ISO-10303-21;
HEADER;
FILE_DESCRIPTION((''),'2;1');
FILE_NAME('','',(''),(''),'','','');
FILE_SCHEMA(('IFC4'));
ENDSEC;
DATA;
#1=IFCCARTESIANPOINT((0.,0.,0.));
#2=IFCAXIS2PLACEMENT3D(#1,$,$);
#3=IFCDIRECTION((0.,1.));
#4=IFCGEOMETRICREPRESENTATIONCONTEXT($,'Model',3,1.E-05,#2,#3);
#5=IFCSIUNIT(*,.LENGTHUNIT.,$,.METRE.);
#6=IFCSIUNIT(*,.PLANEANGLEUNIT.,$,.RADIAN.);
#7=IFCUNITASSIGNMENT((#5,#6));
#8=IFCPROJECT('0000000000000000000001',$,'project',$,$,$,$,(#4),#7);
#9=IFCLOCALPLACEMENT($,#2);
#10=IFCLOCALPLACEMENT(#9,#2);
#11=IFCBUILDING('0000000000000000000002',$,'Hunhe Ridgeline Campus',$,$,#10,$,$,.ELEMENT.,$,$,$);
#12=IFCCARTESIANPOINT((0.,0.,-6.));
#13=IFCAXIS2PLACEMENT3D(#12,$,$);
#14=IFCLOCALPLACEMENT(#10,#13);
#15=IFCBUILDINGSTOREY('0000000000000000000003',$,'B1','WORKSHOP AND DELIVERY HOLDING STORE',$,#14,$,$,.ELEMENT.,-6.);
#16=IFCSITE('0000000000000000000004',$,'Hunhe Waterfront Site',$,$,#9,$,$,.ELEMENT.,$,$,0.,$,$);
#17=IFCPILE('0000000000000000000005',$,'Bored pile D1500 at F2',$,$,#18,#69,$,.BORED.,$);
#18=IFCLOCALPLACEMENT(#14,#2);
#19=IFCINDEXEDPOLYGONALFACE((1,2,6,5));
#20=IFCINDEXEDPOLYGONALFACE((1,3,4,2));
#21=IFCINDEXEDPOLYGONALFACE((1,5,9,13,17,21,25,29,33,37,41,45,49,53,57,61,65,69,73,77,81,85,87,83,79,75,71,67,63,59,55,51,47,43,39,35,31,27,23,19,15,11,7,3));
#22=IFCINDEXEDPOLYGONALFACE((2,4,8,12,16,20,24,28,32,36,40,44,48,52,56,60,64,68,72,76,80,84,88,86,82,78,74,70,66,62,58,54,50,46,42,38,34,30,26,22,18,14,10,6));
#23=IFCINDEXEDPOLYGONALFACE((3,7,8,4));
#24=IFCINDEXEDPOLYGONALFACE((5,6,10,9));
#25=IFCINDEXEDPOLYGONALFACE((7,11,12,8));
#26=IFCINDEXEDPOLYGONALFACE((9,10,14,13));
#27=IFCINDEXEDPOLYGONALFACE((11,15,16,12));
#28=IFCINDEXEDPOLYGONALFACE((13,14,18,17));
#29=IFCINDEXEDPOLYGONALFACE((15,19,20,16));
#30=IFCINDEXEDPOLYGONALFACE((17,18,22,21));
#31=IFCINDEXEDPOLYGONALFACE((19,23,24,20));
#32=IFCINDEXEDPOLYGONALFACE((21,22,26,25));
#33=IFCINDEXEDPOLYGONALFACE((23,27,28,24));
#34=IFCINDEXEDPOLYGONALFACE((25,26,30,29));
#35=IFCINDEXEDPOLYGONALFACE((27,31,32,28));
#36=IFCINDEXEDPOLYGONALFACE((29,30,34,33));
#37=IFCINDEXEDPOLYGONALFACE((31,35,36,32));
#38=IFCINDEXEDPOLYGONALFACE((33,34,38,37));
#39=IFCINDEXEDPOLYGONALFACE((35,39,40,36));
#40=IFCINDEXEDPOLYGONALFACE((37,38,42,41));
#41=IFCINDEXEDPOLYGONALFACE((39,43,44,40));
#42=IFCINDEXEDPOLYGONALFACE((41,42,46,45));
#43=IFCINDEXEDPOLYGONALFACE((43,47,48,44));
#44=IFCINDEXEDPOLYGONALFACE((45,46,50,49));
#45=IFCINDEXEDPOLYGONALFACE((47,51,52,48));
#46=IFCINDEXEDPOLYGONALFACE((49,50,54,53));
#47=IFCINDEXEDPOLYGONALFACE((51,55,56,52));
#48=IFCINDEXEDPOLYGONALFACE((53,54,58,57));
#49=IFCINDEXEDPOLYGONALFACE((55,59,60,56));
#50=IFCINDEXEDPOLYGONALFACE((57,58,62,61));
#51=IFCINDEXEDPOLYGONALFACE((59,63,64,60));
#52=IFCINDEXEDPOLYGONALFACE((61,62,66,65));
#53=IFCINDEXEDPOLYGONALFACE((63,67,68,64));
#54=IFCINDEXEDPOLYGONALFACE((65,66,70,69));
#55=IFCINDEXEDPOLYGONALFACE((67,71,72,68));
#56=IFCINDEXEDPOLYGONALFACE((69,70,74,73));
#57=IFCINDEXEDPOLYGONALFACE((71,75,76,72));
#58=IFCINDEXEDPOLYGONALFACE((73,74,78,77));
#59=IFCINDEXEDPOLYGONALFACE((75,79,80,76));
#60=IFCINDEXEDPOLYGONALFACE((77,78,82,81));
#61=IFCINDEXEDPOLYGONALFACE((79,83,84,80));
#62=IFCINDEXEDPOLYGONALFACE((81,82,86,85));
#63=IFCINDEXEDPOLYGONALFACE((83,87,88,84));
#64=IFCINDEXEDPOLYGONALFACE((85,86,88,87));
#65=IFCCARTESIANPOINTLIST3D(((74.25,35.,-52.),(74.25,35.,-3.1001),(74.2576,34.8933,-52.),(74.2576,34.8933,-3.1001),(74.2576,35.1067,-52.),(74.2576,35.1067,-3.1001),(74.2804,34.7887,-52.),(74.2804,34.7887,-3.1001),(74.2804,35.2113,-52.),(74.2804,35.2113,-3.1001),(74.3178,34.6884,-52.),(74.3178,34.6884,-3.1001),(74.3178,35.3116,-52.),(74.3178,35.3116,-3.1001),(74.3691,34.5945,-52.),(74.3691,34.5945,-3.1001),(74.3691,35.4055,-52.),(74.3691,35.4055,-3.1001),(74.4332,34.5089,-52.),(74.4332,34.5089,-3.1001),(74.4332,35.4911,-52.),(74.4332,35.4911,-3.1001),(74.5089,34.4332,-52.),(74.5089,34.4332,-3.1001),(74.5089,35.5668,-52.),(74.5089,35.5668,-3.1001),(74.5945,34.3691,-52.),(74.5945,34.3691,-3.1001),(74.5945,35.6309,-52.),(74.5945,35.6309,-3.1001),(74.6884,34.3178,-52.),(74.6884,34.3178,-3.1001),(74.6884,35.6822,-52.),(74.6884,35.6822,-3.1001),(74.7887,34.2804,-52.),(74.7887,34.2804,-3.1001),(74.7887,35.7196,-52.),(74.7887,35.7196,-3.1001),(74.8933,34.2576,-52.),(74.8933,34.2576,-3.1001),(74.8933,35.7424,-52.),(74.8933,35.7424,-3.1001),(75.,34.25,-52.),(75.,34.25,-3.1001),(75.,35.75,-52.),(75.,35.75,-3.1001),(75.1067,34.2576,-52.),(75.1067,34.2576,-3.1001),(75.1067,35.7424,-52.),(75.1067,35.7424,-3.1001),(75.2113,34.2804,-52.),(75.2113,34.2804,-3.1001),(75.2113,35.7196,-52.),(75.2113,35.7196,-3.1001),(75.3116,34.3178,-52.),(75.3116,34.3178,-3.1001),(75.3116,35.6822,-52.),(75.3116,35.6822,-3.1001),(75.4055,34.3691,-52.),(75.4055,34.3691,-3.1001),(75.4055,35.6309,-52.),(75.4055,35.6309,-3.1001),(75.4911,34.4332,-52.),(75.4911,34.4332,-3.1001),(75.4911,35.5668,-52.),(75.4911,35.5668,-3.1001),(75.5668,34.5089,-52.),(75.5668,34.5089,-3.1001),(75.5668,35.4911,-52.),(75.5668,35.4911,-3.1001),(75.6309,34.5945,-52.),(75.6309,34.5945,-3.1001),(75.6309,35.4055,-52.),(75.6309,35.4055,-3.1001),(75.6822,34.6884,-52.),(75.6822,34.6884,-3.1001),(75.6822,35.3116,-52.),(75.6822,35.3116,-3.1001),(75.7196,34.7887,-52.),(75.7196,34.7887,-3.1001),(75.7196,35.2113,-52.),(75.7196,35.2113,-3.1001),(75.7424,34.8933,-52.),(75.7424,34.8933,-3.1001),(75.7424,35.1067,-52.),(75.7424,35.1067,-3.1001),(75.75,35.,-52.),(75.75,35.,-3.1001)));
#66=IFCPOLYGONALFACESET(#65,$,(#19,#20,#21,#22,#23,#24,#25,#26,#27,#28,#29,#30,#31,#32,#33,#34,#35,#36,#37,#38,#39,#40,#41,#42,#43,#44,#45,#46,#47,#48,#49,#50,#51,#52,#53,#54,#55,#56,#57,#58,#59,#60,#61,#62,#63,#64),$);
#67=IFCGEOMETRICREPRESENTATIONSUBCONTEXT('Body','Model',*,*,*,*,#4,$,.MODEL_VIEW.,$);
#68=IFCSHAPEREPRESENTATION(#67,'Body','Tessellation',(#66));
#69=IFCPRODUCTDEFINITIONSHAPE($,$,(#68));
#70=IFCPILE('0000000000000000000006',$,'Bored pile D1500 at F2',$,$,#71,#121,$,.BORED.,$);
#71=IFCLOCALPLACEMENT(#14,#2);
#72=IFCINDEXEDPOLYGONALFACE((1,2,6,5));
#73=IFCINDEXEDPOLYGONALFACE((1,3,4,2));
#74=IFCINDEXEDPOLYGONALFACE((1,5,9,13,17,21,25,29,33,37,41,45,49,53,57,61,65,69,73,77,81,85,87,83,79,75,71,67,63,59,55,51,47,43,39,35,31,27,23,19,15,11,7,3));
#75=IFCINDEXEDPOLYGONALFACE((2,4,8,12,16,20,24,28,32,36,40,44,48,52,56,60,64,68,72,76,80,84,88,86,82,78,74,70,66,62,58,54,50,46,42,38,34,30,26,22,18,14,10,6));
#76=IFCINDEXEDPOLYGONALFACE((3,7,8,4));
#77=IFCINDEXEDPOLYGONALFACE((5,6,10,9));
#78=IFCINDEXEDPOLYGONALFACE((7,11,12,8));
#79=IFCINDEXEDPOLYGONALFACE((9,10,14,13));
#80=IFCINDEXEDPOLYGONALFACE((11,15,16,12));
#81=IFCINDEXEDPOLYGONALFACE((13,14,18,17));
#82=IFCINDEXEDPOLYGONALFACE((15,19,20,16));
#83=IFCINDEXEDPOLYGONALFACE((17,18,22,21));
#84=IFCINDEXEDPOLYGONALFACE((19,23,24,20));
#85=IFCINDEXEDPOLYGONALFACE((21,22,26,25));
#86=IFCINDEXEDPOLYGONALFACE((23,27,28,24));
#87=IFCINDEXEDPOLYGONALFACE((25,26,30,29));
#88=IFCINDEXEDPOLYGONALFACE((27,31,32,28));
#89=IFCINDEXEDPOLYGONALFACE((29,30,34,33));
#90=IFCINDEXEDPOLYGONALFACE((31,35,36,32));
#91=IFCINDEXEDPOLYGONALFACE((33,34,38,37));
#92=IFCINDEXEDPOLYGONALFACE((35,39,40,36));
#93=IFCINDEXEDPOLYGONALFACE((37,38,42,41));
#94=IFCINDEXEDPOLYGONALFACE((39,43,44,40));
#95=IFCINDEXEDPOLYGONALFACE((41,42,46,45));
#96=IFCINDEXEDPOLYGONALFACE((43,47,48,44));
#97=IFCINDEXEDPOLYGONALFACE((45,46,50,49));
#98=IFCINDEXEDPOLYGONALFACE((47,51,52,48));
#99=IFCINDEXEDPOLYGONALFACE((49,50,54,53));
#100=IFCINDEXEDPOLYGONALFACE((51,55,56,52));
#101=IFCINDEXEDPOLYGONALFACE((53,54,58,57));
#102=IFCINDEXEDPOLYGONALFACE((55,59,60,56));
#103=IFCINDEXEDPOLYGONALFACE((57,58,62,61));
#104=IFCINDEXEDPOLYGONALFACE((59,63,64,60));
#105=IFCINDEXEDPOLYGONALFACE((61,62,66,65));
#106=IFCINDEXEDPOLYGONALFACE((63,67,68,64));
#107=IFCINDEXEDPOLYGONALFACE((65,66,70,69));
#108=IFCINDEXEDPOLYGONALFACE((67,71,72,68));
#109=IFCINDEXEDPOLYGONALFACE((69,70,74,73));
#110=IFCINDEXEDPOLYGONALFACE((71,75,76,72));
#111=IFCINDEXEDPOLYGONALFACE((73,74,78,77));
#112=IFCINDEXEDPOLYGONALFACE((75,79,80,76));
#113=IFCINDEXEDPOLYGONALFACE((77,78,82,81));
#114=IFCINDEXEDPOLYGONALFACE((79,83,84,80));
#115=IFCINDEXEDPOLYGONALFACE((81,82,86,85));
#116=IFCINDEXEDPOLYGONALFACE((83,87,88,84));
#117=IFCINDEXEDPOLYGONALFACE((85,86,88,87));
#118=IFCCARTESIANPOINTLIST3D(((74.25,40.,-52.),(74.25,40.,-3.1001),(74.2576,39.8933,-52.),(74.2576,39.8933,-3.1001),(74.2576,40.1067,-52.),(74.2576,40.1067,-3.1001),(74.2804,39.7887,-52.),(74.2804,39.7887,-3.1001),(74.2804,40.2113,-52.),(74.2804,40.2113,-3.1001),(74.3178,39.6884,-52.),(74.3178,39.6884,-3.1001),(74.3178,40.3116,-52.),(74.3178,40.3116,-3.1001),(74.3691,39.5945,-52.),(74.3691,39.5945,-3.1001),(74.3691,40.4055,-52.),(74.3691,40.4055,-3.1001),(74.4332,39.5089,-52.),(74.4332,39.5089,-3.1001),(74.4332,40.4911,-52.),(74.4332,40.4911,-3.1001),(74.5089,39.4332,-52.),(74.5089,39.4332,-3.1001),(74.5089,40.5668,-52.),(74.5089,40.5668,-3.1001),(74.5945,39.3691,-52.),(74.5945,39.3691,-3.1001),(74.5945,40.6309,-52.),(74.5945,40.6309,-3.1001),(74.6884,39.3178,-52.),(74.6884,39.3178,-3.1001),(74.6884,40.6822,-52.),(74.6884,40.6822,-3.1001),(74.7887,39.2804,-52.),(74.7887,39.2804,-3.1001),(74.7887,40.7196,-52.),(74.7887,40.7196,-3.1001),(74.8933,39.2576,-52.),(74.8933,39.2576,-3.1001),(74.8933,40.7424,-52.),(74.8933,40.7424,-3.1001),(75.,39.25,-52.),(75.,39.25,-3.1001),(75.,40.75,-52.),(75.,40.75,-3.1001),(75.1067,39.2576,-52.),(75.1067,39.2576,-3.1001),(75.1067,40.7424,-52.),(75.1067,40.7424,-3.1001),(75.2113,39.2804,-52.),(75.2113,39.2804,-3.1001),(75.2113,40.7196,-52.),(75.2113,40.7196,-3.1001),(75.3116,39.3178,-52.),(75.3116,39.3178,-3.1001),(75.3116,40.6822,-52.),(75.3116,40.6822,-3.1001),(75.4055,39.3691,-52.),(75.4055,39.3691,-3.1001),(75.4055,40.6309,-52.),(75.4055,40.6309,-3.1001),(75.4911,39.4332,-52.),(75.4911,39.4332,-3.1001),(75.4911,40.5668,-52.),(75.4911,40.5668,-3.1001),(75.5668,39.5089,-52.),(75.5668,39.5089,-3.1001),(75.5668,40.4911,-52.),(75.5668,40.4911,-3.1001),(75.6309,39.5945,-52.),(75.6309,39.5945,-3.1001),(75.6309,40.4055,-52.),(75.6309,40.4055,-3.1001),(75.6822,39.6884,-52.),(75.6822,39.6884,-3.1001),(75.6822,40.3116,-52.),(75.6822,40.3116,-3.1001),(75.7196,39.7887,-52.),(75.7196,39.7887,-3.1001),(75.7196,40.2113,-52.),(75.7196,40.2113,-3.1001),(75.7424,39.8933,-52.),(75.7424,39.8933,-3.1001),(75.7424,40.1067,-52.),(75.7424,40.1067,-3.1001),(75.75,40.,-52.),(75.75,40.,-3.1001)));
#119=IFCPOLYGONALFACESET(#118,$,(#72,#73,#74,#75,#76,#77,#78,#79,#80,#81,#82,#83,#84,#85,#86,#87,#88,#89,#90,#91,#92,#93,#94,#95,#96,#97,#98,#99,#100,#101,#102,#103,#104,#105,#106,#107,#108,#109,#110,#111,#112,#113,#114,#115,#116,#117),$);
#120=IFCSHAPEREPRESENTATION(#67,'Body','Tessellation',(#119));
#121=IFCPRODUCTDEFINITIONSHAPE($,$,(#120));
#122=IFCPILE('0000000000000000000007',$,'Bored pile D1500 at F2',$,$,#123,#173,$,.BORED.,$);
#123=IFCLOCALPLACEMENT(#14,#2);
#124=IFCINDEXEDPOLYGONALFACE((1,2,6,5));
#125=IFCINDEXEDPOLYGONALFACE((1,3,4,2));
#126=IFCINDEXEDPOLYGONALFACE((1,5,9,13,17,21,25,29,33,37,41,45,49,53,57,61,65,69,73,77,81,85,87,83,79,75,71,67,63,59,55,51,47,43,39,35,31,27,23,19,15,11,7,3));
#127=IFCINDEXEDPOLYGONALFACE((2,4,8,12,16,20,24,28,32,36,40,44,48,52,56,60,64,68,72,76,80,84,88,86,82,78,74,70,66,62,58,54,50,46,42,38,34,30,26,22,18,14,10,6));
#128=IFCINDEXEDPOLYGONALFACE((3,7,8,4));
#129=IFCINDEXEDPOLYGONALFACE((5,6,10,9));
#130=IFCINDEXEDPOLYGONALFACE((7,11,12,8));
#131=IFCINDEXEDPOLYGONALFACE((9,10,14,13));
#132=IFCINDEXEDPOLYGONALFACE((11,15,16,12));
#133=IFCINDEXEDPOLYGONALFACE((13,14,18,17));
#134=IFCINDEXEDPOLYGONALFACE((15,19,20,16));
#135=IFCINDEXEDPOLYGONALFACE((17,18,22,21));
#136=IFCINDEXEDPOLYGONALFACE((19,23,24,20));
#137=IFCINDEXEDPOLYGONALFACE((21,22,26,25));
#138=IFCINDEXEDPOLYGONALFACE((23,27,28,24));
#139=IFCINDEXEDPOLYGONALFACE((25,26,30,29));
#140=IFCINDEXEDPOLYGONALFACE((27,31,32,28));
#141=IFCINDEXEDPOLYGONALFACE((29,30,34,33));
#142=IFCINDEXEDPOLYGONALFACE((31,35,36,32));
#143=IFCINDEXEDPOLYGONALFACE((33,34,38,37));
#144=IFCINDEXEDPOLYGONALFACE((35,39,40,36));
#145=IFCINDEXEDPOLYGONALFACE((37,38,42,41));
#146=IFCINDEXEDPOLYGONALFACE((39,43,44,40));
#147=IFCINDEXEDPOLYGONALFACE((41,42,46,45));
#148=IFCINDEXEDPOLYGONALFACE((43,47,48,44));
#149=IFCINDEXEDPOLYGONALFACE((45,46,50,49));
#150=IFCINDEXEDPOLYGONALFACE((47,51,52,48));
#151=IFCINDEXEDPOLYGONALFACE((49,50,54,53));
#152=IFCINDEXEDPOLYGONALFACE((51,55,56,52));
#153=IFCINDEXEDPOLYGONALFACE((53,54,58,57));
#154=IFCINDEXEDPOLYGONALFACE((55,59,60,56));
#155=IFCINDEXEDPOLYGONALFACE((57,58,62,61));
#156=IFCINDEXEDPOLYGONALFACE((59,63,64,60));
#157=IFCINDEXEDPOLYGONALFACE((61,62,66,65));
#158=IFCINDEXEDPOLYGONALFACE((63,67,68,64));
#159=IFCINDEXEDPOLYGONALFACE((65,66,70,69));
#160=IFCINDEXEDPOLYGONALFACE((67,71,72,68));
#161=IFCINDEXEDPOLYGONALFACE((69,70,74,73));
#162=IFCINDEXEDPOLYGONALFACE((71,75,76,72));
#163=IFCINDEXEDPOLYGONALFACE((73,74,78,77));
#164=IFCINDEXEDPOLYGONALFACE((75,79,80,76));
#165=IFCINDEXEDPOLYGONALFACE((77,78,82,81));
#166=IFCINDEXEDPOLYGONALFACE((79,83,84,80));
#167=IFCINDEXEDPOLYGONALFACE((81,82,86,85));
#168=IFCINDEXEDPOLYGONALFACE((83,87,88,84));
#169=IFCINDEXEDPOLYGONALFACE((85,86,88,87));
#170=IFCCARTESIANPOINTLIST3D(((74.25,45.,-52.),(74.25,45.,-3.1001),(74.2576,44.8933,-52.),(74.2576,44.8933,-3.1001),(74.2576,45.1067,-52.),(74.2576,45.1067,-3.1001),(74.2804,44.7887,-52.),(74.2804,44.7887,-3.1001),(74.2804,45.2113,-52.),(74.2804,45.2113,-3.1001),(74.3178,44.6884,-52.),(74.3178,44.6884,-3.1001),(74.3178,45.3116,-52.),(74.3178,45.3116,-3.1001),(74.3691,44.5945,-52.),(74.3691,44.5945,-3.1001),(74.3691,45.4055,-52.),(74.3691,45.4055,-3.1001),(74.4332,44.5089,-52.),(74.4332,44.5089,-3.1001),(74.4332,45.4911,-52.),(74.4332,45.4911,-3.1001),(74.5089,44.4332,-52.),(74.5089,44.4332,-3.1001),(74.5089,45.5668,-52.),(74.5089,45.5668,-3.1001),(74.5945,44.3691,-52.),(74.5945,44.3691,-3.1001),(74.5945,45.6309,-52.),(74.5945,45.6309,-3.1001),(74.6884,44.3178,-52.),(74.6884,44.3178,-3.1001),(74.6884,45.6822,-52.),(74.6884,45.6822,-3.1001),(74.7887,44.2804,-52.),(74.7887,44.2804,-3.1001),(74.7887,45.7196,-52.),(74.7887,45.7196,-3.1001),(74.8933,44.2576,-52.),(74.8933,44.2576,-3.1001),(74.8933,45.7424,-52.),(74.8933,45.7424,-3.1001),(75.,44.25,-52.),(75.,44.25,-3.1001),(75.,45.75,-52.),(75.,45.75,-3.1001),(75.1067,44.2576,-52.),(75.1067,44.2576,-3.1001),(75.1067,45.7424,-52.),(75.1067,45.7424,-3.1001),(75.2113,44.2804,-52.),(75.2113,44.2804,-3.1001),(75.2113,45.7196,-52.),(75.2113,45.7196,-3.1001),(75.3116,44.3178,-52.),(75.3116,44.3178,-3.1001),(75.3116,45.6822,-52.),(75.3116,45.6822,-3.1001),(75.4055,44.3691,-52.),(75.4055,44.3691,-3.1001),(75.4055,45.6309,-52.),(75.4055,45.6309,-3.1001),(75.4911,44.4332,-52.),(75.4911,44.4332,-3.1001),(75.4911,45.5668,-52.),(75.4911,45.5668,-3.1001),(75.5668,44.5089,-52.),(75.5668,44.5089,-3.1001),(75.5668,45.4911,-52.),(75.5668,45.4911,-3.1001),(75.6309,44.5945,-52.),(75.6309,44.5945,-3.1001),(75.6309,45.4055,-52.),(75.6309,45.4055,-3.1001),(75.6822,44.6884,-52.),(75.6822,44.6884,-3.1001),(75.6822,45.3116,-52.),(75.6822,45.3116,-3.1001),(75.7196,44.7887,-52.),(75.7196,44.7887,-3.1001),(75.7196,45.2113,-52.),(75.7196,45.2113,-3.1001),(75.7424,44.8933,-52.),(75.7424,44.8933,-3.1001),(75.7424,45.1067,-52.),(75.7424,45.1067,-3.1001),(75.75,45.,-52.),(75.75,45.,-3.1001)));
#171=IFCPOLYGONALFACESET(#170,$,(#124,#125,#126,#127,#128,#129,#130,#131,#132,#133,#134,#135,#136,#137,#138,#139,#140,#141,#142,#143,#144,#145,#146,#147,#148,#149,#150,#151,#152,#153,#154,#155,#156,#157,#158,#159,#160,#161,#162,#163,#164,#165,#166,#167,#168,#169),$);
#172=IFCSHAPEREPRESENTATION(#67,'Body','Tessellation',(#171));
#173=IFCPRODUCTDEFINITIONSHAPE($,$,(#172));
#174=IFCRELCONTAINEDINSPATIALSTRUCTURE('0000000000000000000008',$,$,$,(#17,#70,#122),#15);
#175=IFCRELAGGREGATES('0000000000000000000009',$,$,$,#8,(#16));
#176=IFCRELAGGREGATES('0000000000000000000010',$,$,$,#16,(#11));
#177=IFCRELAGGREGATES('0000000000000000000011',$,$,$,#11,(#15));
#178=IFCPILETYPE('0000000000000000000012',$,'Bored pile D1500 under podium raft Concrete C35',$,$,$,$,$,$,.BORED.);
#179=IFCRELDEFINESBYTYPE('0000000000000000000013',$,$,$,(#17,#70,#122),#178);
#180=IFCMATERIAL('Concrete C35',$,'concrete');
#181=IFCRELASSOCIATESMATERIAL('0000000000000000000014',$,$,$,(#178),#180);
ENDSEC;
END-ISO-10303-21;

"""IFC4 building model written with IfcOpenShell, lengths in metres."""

from ifc_helpers import new_model, si_unit, direction, frame, origin, origin_2d, place, context, subcontext, project, spatial, circle, extrude, material, material_profile, profile_set, type_object, element, save


model = new_model("IFC4")

# Units and contexts
model_context = context("Model", 3, precision=1e-05, world=origin(), true_north=direction((0.0, 1.0)))
body_context = subcontext(model_context, "Body", "Model", "MODEL_VIEW")
ifc_project = project(units=[si_unit("LENGTHUNIT", "METRE"), si_unit("PLANEANGLEUNIT", "RADIAN")], contexts=[model_context])

# Site, building, storey
site_placement = place(None, origin())
site = spatial("IfcSite", under=ifc_project, at=site_placement, Name="Hunhe Waterfront Site", CompositionType="ELEMENT", RefElevation=0.0)
building_placement = place(site_placement, origin())
building = spatial("IfcBuilding", under=site, at=building_placement, Name="Hunhe Ridgeline Campus", CompositionType="ELEMENT")
storey_placement = place(building_placement, frame((0.0, 0.0, -6.0)))
storey = spatial("IfcBuildingStorey", under=building, at=storey_placement, Name="B1", Description="WORKSHOP AND DELIVERY HOLDING STORE", CompositionType="ELEMENT", Elevation=-6.0)

# Piles
ifc_material_1 = material(Name="Concrete C35", Category="concrete")
ifc_material_profile_1 = material_profile(ifc_material_1, circle(Radius=0.75, at=origin_2d()))
ifc_profile_set_1 = profile_set([ifc_material_profile_1], Name="Concrete C35")
pile_type_1 = type_object("IfcPileType", Name="Bored pile D1500 under podium raft Concrete C35", PredefinedType="BORED", material=ifc_profile_set_1)
for number, where, z_axis, x_axis, name in (
    (1, (75.0, 35.0, -3.1001), (0.0, 0.0, -1.0), (1.0, 0.0, 0.0), "Bored pile D1500 at F2"),
    (2, (75.0, 40.0, -3.1001), (0.0, 0.0, -1.0), (1.0, 0.0, 0.0), "Bored pile D1500 at F2"),
    (3, (75.0, 45.0, -3.1001), (0.0, 0.0, -1.0), (1.0, 0.0, 0.0), "Bored pile D1500 at F2"),
):
    element("IfcPile", number, at=place(storey_placement, frame(where, z_axis=z_axis, x_axis=x_axis)), inside=storey, type_object=pile_type_1, Name=name, PredefinedType="BORED", context=body_context, shape_type="SweptSolid", body=[
        extrude(circle(Radius=0.75, at=origin_2d()), origin(), (0.0, 0.0, 1.0), 48.8999),
    ])

save(model, "model.ifc")
